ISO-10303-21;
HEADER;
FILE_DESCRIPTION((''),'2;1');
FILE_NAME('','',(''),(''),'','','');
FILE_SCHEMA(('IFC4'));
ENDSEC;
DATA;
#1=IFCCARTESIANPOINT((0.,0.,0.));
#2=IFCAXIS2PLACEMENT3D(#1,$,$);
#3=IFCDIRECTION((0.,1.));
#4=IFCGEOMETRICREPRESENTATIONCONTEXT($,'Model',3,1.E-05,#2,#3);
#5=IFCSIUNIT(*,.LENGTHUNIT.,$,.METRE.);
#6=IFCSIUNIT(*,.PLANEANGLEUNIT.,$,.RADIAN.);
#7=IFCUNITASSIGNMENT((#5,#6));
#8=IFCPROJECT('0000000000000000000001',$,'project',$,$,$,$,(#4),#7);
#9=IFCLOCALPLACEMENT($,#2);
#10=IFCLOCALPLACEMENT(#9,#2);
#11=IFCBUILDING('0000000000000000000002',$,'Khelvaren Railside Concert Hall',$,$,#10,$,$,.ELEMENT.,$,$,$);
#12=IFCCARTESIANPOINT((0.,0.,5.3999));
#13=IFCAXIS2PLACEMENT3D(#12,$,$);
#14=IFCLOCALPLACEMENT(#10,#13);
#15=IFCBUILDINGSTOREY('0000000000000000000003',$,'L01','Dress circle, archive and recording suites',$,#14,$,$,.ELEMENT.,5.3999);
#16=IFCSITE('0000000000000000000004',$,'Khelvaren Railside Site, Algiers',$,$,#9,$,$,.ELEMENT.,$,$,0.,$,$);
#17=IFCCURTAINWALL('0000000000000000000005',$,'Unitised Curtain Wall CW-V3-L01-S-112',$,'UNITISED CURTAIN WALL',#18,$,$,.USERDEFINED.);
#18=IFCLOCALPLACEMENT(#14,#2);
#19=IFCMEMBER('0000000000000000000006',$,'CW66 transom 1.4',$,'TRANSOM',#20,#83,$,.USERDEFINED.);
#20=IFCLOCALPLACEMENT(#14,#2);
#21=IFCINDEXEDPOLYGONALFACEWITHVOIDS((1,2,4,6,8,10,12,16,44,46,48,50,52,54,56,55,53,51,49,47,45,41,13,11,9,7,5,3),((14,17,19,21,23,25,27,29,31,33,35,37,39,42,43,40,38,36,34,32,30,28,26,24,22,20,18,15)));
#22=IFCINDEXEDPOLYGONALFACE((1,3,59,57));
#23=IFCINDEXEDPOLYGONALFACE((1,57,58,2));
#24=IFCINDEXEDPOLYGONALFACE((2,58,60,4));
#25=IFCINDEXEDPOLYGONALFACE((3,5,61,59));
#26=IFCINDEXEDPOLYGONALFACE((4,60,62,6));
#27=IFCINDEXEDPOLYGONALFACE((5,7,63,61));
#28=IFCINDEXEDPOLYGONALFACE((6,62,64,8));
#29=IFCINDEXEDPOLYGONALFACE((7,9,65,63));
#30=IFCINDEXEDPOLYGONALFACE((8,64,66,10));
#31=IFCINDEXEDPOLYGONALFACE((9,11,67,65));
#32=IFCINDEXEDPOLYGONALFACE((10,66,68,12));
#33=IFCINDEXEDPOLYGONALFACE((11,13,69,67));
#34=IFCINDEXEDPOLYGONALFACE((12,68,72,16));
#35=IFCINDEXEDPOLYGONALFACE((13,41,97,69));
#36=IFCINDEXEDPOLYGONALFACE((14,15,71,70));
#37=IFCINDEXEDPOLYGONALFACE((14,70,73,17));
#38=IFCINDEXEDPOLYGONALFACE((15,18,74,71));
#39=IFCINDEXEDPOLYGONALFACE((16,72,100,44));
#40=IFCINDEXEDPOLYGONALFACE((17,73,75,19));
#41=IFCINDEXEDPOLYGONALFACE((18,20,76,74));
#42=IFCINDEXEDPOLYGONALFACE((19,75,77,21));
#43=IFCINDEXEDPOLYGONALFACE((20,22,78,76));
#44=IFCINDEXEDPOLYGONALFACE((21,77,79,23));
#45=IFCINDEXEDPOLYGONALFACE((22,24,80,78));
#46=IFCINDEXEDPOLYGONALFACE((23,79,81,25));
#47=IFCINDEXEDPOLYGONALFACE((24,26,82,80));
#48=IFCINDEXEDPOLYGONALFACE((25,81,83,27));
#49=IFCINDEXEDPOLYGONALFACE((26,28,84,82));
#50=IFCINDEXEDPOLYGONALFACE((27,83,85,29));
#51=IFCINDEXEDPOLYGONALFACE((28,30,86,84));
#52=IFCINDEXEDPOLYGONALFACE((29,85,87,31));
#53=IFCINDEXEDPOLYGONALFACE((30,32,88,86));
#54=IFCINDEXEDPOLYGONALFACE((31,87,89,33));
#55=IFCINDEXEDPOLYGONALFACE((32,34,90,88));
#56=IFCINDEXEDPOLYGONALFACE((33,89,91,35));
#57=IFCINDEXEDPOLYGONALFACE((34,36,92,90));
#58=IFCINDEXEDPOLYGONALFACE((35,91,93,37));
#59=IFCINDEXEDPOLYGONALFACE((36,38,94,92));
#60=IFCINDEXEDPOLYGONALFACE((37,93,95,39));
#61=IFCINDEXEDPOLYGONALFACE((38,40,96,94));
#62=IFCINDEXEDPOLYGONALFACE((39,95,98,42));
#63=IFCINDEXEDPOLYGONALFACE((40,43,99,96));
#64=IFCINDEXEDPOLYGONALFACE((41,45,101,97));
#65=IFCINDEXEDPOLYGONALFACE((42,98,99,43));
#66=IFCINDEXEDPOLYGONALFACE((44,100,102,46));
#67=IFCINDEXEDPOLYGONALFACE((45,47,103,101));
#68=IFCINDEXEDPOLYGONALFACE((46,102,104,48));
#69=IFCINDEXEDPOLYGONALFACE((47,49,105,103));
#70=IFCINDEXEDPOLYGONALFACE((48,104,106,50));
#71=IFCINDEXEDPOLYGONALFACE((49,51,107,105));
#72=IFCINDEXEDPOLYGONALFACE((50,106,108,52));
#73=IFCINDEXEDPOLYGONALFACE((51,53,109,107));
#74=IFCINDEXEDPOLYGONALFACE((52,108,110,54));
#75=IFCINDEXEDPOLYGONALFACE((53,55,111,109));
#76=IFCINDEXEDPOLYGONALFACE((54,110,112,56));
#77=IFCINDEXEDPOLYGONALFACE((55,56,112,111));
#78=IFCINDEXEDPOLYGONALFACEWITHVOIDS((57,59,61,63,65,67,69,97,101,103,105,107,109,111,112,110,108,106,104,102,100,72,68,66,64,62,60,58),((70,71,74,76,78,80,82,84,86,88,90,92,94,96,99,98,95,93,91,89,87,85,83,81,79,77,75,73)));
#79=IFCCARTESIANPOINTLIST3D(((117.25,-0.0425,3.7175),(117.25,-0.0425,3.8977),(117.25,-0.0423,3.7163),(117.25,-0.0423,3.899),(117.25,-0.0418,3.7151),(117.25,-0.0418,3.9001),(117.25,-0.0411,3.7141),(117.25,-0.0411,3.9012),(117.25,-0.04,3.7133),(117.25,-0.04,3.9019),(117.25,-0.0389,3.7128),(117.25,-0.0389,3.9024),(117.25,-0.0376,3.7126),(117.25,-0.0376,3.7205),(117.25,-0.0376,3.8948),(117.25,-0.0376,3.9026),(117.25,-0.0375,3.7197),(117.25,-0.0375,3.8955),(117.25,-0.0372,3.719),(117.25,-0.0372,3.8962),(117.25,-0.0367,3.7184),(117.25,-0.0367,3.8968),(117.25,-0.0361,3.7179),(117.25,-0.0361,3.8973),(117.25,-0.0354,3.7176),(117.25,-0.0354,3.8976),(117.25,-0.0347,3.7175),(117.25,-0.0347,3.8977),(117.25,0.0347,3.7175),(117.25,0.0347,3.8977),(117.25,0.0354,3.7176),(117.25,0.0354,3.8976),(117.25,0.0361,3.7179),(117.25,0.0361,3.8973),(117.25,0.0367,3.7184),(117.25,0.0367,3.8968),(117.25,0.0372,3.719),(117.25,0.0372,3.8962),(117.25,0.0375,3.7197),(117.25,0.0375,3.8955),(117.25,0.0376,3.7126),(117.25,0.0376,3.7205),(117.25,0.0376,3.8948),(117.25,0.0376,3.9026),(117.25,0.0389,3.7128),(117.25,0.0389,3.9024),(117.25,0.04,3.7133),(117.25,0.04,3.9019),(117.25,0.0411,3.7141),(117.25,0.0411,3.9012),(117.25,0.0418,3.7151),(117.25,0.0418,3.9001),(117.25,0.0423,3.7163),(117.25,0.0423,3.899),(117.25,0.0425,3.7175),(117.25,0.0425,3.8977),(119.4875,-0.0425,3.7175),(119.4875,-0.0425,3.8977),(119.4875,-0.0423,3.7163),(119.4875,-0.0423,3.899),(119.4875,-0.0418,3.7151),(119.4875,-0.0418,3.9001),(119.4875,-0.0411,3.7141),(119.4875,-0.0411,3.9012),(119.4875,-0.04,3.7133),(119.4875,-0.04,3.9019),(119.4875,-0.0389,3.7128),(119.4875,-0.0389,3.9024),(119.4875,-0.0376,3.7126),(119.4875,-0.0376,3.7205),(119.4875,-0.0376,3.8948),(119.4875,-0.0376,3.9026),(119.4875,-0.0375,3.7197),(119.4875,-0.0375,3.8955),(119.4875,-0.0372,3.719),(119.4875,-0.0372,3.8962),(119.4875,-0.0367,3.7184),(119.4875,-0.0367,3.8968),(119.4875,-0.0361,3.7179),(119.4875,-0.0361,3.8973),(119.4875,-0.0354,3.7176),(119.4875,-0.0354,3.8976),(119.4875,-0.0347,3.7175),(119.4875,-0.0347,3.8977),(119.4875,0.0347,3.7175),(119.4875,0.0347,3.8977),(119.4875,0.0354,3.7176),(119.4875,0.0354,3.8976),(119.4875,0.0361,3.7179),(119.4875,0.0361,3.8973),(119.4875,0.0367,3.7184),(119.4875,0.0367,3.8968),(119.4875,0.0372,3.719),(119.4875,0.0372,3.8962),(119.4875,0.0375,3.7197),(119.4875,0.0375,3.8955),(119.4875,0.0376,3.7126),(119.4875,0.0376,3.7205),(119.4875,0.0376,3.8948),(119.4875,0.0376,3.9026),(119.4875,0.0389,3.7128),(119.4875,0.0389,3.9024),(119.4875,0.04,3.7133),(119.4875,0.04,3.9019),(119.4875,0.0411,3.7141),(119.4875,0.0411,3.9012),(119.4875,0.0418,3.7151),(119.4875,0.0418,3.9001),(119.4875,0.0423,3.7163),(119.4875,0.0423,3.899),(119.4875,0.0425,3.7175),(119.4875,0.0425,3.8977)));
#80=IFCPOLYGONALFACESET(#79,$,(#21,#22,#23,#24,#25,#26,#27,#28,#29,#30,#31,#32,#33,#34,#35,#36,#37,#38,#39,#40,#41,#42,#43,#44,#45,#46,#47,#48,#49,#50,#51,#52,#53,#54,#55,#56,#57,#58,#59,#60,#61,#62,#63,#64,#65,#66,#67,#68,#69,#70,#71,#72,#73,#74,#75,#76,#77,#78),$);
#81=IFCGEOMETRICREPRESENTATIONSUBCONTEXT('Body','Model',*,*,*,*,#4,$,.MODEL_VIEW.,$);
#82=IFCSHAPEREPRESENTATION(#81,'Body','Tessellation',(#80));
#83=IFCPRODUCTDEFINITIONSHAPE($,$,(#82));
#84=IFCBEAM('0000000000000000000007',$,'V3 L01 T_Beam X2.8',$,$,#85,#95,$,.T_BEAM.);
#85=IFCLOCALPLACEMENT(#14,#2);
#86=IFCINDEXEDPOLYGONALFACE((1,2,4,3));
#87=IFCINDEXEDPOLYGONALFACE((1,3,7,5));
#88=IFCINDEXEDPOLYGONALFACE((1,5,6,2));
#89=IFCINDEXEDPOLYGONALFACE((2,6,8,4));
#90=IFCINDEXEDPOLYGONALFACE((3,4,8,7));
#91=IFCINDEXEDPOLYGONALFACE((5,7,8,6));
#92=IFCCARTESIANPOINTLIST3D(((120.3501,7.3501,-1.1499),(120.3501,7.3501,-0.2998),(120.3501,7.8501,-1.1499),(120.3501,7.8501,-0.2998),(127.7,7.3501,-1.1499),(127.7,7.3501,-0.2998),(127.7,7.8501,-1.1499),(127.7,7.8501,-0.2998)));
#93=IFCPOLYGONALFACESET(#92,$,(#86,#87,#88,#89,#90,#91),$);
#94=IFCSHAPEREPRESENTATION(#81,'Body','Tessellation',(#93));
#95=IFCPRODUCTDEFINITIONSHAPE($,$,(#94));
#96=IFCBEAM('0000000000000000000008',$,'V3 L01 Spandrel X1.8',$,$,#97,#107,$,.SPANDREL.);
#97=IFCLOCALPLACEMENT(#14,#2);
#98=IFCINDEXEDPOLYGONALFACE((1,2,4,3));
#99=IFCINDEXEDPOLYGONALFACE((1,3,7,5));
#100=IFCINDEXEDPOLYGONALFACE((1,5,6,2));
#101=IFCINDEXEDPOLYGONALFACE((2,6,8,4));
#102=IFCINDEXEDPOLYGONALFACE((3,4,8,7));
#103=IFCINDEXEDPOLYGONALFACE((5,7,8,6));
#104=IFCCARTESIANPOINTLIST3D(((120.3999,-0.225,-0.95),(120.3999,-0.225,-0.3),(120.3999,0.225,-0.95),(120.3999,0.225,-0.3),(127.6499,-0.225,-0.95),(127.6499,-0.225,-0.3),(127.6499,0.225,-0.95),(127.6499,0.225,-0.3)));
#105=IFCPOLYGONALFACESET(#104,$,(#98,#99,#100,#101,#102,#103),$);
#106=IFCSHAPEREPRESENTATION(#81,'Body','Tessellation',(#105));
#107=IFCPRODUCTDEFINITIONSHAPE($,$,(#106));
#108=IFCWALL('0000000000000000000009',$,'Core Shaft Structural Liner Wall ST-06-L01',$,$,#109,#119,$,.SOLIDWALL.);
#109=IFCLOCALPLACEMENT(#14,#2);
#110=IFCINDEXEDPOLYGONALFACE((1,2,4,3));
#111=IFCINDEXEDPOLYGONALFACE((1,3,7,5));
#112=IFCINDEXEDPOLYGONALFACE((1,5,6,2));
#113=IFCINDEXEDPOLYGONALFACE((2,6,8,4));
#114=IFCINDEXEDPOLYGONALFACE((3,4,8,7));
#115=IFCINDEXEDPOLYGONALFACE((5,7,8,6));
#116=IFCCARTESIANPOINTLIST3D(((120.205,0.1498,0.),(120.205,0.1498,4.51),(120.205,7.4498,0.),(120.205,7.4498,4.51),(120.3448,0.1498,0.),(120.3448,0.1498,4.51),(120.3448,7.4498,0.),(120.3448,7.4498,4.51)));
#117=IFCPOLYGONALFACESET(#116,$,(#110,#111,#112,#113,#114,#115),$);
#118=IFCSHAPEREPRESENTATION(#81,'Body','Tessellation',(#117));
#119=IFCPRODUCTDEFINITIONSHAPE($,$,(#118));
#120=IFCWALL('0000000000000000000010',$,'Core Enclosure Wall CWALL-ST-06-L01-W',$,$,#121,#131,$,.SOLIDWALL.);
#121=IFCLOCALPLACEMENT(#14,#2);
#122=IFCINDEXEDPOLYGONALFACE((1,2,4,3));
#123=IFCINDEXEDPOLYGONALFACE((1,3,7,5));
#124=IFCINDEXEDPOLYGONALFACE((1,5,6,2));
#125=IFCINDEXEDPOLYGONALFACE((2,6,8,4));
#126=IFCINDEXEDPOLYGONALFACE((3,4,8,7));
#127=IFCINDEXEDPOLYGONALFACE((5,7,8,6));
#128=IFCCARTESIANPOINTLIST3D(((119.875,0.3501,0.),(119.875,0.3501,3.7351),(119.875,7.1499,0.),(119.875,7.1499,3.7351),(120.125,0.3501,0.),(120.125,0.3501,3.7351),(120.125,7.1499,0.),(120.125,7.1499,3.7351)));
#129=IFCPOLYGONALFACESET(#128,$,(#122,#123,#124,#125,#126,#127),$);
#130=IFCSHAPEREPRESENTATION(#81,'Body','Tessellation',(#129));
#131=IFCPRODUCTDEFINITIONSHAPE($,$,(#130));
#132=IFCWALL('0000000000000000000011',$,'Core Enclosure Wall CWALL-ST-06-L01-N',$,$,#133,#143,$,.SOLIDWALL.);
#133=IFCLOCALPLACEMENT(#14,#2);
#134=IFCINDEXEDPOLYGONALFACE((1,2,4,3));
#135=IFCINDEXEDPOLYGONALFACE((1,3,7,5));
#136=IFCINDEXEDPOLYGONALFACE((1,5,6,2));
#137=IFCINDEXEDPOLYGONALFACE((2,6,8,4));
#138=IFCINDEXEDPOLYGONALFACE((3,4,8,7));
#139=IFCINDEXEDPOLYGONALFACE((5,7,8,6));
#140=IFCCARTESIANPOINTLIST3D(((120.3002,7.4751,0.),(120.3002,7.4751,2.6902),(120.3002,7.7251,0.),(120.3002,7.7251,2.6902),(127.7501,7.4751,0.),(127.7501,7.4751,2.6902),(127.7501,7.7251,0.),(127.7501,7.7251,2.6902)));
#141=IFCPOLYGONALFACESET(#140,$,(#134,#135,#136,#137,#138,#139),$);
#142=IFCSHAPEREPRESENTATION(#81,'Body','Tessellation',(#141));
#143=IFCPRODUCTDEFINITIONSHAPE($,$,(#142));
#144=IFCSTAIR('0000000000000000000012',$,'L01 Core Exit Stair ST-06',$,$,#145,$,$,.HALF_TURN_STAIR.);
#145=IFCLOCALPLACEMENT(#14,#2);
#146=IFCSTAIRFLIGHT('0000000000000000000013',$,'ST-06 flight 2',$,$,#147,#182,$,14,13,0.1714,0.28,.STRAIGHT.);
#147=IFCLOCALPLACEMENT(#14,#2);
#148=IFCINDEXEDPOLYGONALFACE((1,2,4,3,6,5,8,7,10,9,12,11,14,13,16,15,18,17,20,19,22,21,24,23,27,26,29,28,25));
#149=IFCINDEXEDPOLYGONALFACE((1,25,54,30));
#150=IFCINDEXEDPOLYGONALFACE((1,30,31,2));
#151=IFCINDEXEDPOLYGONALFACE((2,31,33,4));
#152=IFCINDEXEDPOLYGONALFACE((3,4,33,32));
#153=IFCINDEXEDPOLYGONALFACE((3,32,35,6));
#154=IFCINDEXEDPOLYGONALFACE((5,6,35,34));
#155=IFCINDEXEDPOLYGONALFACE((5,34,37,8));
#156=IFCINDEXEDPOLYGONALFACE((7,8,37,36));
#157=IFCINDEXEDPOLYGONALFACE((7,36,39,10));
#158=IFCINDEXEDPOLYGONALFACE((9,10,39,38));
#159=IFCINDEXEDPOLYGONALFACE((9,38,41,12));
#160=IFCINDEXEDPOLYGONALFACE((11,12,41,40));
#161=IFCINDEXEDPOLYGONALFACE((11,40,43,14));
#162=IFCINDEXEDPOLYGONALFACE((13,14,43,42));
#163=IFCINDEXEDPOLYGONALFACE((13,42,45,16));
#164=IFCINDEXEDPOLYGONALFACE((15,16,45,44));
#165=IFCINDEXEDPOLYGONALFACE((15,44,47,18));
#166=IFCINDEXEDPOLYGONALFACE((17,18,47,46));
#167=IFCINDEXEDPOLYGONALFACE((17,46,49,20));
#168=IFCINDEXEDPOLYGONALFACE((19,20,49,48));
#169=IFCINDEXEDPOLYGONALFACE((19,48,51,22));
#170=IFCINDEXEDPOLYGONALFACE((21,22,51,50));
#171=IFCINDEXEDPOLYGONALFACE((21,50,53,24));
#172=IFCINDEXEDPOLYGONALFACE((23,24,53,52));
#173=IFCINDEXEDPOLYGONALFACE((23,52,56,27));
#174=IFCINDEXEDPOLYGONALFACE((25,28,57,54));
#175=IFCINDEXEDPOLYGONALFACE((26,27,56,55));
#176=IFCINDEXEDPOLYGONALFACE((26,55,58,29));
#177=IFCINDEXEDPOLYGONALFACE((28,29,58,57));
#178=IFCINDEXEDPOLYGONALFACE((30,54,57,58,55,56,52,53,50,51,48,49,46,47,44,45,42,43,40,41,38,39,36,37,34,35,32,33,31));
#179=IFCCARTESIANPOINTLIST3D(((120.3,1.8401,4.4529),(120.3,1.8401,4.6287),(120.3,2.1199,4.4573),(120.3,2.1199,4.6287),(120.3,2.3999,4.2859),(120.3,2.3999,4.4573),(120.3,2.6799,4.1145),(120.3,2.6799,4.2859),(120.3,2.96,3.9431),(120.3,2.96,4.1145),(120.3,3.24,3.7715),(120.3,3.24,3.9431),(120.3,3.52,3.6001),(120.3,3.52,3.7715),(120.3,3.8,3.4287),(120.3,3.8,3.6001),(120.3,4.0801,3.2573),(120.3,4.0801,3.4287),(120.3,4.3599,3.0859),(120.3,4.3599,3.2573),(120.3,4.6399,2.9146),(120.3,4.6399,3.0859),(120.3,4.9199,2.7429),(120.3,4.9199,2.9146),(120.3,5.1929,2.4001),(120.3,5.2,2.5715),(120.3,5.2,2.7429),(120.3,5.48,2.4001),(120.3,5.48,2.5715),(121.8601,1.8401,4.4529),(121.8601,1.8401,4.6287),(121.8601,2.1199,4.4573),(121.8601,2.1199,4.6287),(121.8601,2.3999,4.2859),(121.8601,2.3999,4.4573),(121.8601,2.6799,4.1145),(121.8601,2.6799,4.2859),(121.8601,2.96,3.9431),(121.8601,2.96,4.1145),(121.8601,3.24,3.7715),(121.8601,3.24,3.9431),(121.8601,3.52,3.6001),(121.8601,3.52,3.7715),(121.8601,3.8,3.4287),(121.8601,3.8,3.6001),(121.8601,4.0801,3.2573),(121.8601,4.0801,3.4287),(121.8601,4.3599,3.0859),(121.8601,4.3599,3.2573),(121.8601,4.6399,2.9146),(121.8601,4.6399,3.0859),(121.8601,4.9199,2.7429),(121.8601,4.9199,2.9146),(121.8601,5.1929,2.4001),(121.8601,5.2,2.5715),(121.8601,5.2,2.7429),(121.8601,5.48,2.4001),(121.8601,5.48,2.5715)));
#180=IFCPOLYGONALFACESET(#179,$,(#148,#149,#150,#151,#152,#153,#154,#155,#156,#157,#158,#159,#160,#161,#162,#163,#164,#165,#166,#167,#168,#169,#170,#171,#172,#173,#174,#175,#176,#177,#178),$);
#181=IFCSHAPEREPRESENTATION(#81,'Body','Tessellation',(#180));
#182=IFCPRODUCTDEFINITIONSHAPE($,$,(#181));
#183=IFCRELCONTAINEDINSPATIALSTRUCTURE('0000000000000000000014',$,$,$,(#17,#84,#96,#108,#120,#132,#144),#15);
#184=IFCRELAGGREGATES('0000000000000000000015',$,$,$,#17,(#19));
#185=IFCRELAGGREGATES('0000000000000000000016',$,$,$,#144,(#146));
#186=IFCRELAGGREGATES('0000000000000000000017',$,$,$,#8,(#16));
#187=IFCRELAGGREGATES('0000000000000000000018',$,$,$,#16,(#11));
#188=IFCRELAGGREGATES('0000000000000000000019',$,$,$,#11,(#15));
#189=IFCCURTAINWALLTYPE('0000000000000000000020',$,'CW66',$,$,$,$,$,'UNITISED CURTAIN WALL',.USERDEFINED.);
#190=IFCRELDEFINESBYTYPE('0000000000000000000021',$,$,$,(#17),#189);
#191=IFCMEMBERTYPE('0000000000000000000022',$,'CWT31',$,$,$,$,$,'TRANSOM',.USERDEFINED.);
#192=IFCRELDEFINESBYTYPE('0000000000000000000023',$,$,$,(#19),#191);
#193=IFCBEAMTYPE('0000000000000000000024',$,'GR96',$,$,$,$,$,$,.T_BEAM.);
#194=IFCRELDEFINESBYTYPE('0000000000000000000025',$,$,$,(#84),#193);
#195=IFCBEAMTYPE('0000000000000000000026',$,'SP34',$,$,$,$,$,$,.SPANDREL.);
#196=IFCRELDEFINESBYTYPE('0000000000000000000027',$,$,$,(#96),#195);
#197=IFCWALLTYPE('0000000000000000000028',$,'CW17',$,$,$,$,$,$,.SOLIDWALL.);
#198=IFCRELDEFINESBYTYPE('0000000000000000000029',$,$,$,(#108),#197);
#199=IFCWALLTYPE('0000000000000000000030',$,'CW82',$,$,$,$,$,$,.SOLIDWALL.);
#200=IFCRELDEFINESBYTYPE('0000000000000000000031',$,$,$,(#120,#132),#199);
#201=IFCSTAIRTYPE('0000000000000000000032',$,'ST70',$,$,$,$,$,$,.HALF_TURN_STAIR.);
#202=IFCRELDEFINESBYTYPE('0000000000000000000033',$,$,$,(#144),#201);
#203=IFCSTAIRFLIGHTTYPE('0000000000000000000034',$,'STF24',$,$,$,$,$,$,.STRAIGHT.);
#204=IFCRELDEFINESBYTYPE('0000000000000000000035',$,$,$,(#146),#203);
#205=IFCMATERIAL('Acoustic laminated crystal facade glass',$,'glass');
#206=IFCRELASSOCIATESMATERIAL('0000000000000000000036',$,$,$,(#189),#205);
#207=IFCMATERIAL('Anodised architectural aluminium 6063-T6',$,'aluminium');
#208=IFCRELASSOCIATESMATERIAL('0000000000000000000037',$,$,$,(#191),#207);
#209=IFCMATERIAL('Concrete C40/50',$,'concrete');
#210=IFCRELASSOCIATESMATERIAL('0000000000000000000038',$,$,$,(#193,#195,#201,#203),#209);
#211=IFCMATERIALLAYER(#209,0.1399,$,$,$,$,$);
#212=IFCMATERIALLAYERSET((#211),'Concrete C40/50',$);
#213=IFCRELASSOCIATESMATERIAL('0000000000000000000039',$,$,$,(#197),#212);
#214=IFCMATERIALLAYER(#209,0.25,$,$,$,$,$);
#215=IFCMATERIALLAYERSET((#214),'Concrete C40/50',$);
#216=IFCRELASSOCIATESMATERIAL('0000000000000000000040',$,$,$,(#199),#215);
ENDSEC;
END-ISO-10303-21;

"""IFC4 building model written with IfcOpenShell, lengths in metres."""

from ifc_helpers import new_model, si_unit, direction, frame, frame_2d, origin, origin_2d, place, context, subcontext, project, spatial, polyline, rectangle, hollow_rectangle, outline, extrude, material, layer, layer_set, material_profile, profile_set, type_object, element, aggregate, save


model = new_model("IFC4")

# Units and contexts
model_context = context("Model", 3, precision=1e-05, world=origin(), true_north=direction((0.0, 1.0)))
body_context = subcontext(model_context, "Body", "Model", "MODEL_VIEW")
ifc_project = project(units=[si_unit("LENGTHUNIT", "METRE"), si_unit("PLANEANGLEUNIT", "RADIAN")], contexts=[model_context])

# Site, building, storey
site_placement = place(None, origin())
site = spatial("IfcSite", under=ifc_project, at=site_placement, Name="Khelvaren Railside Site, Algiers", CompositionType="ELEMENT", RefElevation=0.0)
building_placement = place(site_placement, origin())
building = spatial("IfcBuilding", under=site, at=building_placement, Name="Khelvaren Railside Concert Hall", CompositionType="ELEMENT")
storey_placement = place(building_placement, frame((0.0, 0.0, 5.3999)))
storey = spatial("IfcBuildingStorey", under=building, at=storey_placement, Name="L01", Description="Dress circle, archive and recording suites", CompositionType="ELEMENT", Elevation=5.3999)

# Curtain wall, member
ifc_material_1 = material(Name="Acoustic laminated crystal facade glass", Category="glass")
curtain_wall_type = type_object("IfcCurtainWallType", Name="CW66", ElementType="UNITISED CURTAIN WALL", PredefinedType="USERDEFINED", material=ifc_material_1)
curtain_wall_placement = place(storey_placement, origin())
curtain_wall = element("IfcCurtainWall", 1, at=curtain_wall_placement, inside=storey, type_object=curtain_wall_type, Name="Unitised Curtain Wall CW-V3-L01-S-112", ObjectType="UNITISED CURTAIN WALL", PredefinedType="USERDEFINED")
ifc_material_2 = material(Name="Anodised architectural aluminium 6063-T6", Category="aluminium")
ifc_material_profile_1 = material_profile(ifc_material_2, hollow_rectangle(XDim=0.085, YDim=0.1899, WallThickness=0.0049, InnerFilletRadius=0.0029, OuterFilletRadius=0.0049, at=origin_2d()), Name="CWT 85x190x5")
ifc_profile_set_1 = profile_set([ifc_material_profile_1], Name="Anodised architectural aluminium 6063-T6")
member_type_1 = type_object("IfcMemberType", Name="CWT31", ElementType="TRANSOM", PredefinedType="USERDEFINED", material=ifc_profile_set_1)
member_1_placement = place(storey_placement, frame((119.4875, 0.0, 3.8076), z_axis=(-1.0, 0.0, 0.0), x_axis=(0.0, -1.0, 0.0)))
member_1 = element("IfcMember", 2, at=member_1_placement, type_object=member_type_1, Name="CW66 transom 1.4", ObjectType="TRANSOM", PredefinedType="USERDEFINED", context=body_context, shape_type="SweptSolid", body=[
    extrude(hollow_rectangle(XDim=0.085, YDim=0.1899, WallThickness=0.0049, InnerFilletRadius=0.0029, OuterFilletRadius=0.0049, at=origin_2d()), origin(), (0.0, 0.0, 1.0), 2.2375),
])
aggregate(curtain_wall, [member_1])

# Beams
ifc_material_3 = material(Name="Concrete C40/50", Category="concrete")
ifc_material_profile_2 = material_profile(ifc_material_3, rectangle(XDim=0.5, YDim=0.8501, at=origin_2d()), Name="RCB 500x850")
ifc_profile_set_2 = profile_set([ifc_material_profile_2], Name="Concrete C40/50")
beam_type_1 = type_object("IfcBeamType", Name="GR96", PredefinedType="T_BEAM", material=ifc_profile_set_2)
beam_1_placement = place(storey_placement, frame((120.3501, 7.6001, -0.7249), z_axis=(1.0, 0.0, 0.0), x_axis=(0.0, 1.0, 0.0)))
element("IfcBeam", 3, at=beam_1_placement, inside=storey, type_object=beam_type_1, Name="V3 L01 T_Beam X2.8", PredefinedType="T_BEAM", context=body_context, shape_type="SweptSolid", body=[
    extrude(rectangle(XDim=0.5, YDim=0.8501, at=origin_2d()), origin(), (0.0, 0.0, 1.0), 7.3499),
])
ifc_material_profile_3 = material_profile(ifc_material_3, rectangle(XDim=0.45, YDim=0.6499, at=origin_2d()), Name="RCB 450x650")
ifc_profile_set_3 = profile_set([ifc_material_profile_3], Name="Concrete C40/50")
beam_type_2 = type_object("IfcBeamType", Name="SP34", PredefinedType="SPANDREL", material=ifc_profile_set_3)
beam_2_placement = place(storey_placement, frame((120.3999, 0.0, -0.625), z_axis=(1.0, 0.0, 0.0), x_axis=(0.0, 1.0, 0.0)))
element("IfcBeam", 4, at=beam_2_placement, inside=storey, type_object=beam_type_2, Name="V3 L01 Spandrel X1.8", PredefinedType="SPANDREL", context=body_context, shape_type="SweptSolid", body=[
    extrude(rectangle(XDim=0.45, YDim=0.6499, at=origin_2d()), origin(), (0.0, 0.0, 1.0), 7.25),
])

# Walls
ifc_layer_1 = layer(ifc_material_3, 0.1399)
ifc_layer_set_1 = layer_set([ifc_layer_1], Name="Concrete C40/50")
wall_type_1 = type_object("IfcWallType", Name="CW17", PredefinedType="SOLIDWALL", material=ifc_layer_set_1)
wall_1_placement = place(storey_placement, frame((120.2749, 0.1499, 0.0), z_axis=(0.0, 0.0, 1.0), x_axis=(0.0, 1.0, 0.0)))
element("IfcWall", 5, at=wall_1_placement, inside=storey, type_object=wall_type_1, Name="Core Shaft Structural Liner Wall ST-06-L01", PredefinedType="SOLIDWALL", context=body_context, shape_type="SweptSolid", body=[
    extrude(rectangle(XDim=7.3, YDim=0.1399, at=frame_2d((3.6499, 0.0))), origin(), (0.0, 0.0, 1.0), 4.51),
])
ifc_layer_2 = layer(ifc_material_3, 0.25)
ifc_layer_set_2 = layer_set([ifc_layer_2], Name="Concrete C40/50")
wall_type_2 = type_object("IfcWallType", Name="CW82", PredefinedType="SOLIDWALL", material=ifc_layer_set_2)
wall_2_placement = place(storey_placement, frame((120.0, 0.3501, 0.0), z_axis=(0.0, 0.0, 1.0), x_axis=(0.0, 1.0, 0.0)))
element("IfcWall", 6, at=wall_2_placement, inside=storey, type_object=wall_type_2, Name="Core Enclosure Wall CWALL-ST-06-L01-W", PredefinedType="SOLIDWALL", context=body_context, shape_type="SweptSolid", body=[
    extrude(rectangle(XDim=6.7998, YDim=0.25, at=frame_2d((3.3999, 0.0))), origin(), (0.0, 0.0, 1.0), 3.7351),
])
wall_3_placement = place(storey_placement, frame((120.3, 7.6001, 0.0), z_axis=(0.0, 0.0, 1.0), x_axis=(1.0, 0.0, 0.0)))
element("IfcWall", 7, at=wall_3_placement, inside=storey, type_object=wall_type_2, Name="Core Enclosure Wall CWALL-ST-06-L01-N", PredefinedType="SOLIDWALL", context=body_context, shape_type="SweptSolid", body=[
    extrude(rectangle(XDim=7.45, YDim=0.25, at=frame_2d((3.7251, 0.0))), origin(), (0.0, 0.0, 1.0), 2.6902),
])

# Stair, stair flight
stair_type = type_object("IfcStairType", Name="ST70", PredefinedType="HALF_TURN_STAIR", material=ifc_material_3)
stair_placement = place(storey_placement, origin())
stair = element("IfcStair", 8, at=stair_placement, inside=storey, type_object=stair_type, Name="L01 Core Exit Stair ST-06", PredefinedType="HALF_TURN_STAIR")
stair_flight_type = type_object("IfcStairFlightType", Name="STF24", PredefinedType="STRAIGHT", material=ifc_material_3)
stair_flight_placement = place(storey_placement, frame((121.0801, 5.48, 2.4001), z_axis=(0.0, 0.0, 1.0), x_axis=(0.0, -1.0, 0.0)))
stair_flight = element("IfcStairFlight", 9, at=stair_flight_placement, type_object=stair_flight_type, Name="ST-06 flight 2", NumberOfRisers=14, NumberOfTreads=13, PredefinedType="STRAIGHT", RiserHeight=0.1714, TreadLength=0.28, context=body_context, shape_type="SweptSolid", body=[
    extrude(outline(polyline([(0.0, 0.0), (0.0, 0.1714), (0.28, 0.1714), (0.28, 0.3428), (0.5601, 0.3428), (0.5601, 0.5144), (0.8401, 0.5144), (0.8401, 0.6858), (1.1201, 0.6858), (1.1201, 0.8572), (1.3999, 0.8572), (1.3999, 1.0286), (1.6799, 1.0286), (1.6799, 1.2), (1.96, 1.2), (1.96, 1.3713), (2.24, 1.3713), (2.24, 1.543), (2.52, 1.543), (2.52, 1.7144), (2.8, 1.7144), (2.8, 1.8857), (3.0801, 1.8857), (3.0801, 2.0571), (3.3601, 2.0571), (3.3601, 2.2285), (3.6399, 2.2285), (3.6399, 2.3999), (3.6399, 2.0527), (0.2871, 0.0), (0.0, 0.0)])), frame((0.0, 0.78, 0.0), z_axis=(0.0, -1.0, 0.0), x_axis=(1.0, 0.0, 0.0)), (0.0, 0.0, 1.0), 1.5601),
])
aggregate(stair, [stair_flight])

save(model, "model.ifc")
